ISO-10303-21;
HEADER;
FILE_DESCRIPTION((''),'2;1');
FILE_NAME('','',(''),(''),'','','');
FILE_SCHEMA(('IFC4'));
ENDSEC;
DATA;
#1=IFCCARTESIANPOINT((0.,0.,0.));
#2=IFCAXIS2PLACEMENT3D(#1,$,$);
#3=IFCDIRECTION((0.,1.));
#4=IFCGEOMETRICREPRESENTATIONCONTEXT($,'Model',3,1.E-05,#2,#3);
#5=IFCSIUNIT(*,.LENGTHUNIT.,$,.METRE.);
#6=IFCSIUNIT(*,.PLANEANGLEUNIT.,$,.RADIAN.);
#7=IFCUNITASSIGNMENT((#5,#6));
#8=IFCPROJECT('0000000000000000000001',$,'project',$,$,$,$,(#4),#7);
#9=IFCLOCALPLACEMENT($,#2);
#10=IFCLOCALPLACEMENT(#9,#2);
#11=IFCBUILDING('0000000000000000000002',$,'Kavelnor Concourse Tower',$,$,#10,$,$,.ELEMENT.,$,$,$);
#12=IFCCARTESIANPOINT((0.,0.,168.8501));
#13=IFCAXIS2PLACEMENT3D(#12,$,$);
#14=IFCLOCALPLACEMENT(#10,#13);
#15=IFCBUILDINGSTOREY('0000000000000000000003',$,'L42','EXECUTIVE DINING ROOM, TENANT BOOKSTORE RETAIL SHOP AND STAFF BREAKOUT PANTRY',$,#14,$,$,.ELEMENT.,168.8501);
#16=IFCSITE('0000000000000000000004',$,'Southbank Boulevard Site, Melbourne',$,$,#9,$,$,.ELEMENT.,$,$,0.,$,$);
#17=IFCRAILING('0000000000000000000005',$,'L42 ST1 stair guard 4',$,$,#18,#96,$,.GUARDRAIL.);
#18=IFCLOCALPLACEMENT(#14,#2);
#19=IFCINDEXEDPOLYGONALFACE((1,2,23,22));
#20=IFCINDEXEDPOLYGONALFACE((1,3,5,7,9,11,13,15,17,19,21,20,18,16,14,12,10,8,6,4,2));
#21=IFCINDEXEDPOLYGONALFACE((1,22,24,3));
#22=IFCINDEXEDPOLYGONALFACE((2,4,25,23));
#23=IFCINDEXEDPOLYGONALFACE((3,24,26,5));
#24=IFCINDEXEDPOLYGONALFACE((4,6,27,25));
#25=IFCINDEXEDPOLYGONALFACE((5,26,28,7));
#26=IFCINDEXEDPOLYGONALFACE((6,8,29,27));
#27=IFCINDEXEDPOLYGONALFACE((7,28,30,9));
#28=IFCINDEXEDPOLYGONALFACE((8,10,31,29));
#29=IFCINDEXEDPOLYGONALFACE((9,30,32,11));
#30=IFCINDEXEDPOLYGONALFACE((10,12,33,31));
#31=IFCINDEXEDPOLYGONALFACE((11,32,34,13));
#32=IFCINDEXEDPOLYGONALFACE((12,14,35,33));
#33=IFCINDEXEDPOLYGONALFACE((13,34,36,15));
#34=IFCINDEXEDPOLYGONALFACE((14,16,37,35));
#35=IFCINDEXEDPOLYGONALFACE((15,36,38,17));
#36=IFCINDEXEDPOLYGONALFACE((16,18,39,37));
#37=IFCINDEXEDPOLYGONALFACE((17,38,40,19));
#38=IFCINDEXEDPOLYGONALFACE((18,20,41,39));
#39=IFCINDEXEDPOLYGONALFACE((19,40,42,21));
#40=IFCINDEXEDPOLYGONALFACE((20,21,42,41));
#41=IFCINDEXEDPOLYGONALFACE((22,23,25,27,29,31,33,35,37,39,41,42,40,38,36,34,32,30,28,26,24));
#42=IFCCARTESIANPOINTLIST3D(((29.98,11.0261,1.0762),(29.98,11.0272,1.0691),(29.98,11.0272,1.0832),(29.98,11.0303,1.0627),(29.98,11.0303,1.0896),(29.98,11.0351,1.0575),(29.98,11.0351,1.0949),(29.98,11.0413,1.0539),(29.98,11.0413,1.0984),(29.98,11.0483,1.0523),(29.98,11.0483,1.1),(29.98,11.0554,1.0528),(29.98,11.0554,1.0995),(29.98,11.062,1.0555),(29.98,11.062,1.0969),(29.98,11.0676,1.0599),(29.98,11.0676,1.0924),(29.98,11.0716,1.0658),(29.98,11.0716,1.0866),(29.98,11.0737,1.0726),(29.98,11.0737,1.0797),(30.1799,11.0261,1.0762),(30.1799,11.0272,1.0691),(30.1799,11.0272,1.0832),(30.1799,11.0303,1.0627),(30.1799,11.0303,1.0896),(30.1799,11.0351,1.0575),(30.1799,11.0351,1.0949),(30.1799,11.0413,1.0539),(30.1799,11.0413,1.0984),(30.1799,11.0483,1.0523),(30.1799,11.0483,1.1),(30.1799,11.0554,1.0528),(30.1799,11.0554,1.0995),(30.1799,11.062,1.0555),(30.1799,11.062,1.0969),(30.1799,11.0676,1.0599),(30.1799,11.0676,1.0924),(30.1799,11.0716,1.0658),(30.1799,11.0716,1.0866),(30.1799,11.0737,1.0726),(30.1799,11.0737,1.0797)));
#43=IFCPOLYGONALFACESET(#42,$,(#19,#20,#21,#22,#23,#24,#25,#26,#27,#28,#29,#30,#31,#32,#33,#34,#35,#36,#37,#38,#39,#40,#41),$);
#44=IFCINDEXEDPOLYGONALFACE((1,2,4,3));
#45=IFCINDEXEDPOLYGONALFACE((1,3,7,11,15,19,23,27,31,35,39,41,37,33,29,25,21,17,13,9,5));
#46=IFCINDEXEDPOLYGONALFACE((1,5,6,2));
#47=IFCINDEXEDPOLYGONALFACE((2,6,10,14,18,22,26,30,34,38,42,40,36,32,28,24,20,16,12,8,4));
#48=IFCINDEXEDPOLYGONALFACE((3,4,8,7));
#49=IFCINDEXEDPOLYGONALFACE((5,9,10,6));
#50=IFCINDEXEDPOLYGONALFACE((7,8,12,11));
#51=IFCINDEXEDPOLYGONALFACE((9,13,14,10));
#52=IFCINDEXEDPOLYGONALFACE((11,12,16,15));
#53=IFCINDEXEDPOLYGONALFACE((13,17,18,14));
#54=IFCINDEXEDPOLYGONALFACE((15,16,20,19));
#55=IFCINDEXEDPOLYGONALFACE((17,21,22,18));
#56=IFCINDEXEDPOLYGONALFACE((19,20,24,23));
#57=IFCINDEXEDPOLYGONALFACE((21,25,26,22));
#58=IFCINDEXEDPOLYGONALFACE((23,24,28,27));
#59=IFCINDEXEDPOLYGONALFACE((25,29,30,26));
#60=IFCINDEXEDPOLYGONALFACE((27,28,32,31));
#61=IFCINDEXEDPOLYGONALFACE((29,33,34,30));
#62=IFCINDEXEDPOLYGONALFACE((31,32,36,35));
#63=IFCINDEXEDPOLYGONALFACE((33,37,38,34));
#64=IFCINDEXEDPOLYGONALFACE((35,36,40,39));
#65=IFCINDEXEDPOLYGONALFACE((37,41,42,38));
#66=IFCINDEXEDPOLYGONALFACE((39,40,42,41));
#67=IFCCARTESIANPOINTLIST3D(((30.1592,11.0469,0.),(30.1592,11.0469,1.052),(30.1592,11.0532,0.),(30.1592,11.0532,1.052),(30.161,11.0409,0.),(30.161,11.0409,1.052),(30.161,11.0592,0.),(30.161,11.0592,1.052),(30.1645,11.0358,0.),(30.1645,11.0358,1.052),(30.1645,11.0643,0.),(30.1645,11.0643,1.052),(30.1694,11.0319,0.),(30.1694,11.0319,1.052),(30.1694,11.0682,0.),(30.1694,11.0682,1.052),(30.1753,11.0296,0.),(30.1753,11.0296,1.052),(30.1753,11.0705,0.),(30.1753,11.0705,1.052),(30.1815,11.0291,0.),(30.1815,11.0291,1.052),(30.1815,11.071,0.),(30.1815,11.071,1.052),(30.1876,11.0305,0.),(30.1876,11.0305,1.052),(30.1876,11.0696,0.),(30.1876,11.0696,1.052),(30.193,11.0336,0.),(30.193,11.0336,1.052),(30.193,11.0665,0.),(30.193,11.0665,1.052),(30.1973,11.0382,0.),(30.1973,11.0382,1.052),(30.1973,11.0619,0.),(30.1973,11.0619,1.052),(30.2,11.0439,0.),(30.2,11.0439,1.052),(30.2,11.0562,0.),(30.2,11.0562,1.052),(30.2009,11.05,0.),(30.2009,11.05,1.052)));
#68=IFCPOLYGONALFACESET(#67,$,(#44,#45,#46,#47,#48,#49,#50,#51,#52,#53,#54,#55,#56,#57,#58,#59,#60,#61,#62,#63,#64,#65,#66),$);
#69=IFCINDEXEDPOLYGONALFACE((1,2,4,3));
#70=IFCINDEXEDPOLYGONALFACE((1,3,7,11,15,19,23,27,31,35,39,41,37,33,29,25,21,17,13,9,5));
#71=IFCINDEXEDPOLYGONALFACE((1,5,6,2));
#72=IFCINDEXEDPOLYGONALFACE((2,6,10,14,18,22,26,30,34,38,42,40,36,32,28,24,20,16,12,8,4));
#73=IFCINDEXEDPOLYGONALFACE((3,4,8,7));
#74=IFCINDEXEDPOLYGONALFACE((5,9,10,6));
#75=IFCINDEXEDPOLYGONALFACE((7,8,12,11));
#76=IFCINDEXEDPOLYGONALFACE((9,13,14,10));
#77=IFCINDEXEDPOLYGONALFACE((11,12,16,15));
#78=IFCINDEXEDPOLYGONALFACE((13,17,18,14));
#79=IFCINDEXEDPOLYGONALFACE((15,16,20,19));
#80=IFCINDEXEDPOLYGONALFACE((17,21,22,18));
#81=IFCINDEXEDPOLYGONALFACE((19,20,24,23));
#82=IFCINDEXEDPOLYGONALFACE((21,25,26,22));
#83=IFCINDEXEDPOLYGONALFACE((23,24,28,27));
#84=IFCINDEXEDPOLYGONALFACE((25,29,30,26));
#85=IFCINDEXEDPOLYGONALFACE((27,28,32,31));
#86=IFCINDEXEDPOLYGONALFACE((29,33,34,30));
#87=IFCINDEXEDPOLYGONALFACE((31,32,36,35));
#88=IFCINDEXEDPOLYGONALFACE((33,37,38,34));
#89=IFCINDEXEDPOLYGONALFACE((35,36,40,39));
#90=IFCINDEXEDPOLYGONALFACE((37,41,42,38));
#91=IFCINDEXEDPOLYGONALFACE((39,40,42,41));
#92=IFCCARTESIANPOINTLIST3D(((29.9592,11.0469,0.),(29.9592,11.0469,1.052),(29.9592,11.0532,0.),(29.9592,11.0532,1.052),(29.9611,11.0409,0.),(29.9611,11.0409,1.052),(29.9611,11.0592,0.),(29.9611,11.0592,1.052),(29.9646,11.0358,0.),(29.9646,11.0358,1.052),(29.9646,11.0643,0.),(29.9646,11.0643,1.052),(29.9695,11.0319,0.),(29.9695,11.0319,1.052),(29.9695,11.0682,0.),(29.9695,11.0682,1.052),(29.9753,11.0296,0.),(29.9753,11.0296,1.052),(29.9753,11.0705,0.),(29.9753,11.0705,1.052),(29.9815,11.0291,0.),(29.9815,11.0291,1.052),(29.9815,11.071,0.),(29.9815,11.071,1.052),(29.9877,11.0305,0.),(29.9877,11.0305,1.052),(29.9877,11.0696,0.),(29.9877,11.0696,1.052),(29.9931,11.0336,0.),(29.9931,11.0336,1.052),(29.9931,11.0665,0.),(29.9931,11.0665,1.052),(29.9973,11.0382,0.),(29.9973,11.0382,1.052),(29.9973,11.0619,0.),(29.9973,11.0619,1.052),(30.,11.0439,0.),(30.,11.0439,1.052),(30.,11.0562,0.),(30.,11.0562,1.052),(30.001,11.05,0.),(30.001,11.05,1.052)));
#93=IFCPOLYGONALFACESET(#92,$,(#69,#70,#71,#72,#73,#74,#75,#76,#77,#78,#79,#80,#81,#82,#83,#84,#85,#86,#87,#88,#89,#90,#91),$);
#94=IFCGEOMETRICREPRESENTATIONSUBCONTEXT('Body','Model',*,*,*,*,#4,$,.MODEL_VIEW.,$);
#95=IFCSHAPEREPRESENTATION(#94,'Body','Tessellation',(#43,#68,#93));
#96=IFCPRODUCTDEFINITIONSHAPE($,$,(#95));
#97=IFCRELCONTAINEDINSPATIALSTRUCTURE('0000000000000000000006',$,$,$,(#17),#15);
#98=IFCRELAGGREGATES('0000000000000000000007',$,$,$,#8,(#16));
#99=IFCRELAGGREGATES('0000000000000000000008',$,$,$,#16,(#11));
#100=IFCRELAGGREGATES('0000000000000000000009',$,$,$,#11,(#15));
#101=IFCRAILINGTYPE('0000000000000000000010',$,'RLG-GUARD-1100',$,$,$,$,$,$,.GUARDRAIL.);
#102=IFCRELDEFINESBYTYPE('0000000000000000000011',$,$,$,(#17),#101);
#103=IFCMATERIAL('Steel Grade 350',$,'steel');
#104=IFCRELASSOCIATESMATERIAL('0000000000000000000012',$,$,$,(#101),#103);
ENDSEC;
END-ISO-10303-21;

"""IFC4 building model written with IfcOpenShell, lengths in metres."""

from ifc_helpers import new_model, si_unit, direction, frame, origin, origin_2d, place, context, subcontext, project, spatial, circle, extrude, material, type_object, element, save


model = new_model("IFC4")

# Units and contexts
model_context = context("Model", 3, precision=1e-05, world=origin(), true_north=direction((0.0, 1.0)))
body_context = subcontext(model_context, "Body", "Model", "MODEL_VIEW")
ifc_project = project(units=[si_unit("LENGTHUNIT", "METRE"), si_unit("PLANEANGLEUNIT", "RADIAN")], contexts=[model_context])

# Site, building, storey
site_placement = place(None, origin())
site = spatial("IfcSite", under=ifc_project, at=site_placement, Name="Southbank Boulevard Site, Melbourne", CompositionType="ELEMENT", RefElevation=0.0)
building_placement = place(site_placement, origin())
building = spatial("IfcBuilding", under=site, at=building_placement, Name="Kavelnor Concourse Tower", CompositionType="ELEMENT")
storey_placement = place(building_placement, frame((0.0, 0.0, 168.8501)))
storey = spatial("IfcBuildingStorey", under=building, at=storey_placement, Name="L42", Description="EXECUTIVE DINING ROOM, TENANT BOOKSTORE RETAIL SHOP AND STAFF BREAKOUT PANTRY", CompositionType="ELEMENT", Elevation=168.8501)

# Shared definitions
ifc_material_1 = material(Name="Steel Grade 350", Category="steel")

# Railing
railing_type_1 = type_object("IfcRailingType", Name="RLG-GUARD-1100", PredefinedType="GUARDRAIL", material=ifc_material_1)
railing_1_placement = place(storey_placement, frame((30.1799, 11.05, 0.0)))
element("IfcRailing", 1, at=railing_1_placement, inside=storey, type_object=railing_type_1, Name="L42 ST1 stair guard 4", PredefinedType="GUARDRAIL", context=body_context, shape_type="SweptSolid", body=[
    extrude(circle(Radius=0.0239, at=origin_2d()), frame((0.0, 0.0, 1.0762), z_axis=(-1.0, 0.0, 0.0), x_axis=(0.0, -1.0, 0.0)), (0.0, 0.0, 1.0), 0.2),
    extrude(circle(Radius=0.021, at=origin_2d()), origin(), (0.0, 0.0, 1.0), 1.052),
    extrude(circle(Radius=0.021, at=origin_2d()), frame((-0.2, 0.0, 0.0)), (0.0, 0.0, 1.0), 1.052),
])

save(model, "model.ifc")
